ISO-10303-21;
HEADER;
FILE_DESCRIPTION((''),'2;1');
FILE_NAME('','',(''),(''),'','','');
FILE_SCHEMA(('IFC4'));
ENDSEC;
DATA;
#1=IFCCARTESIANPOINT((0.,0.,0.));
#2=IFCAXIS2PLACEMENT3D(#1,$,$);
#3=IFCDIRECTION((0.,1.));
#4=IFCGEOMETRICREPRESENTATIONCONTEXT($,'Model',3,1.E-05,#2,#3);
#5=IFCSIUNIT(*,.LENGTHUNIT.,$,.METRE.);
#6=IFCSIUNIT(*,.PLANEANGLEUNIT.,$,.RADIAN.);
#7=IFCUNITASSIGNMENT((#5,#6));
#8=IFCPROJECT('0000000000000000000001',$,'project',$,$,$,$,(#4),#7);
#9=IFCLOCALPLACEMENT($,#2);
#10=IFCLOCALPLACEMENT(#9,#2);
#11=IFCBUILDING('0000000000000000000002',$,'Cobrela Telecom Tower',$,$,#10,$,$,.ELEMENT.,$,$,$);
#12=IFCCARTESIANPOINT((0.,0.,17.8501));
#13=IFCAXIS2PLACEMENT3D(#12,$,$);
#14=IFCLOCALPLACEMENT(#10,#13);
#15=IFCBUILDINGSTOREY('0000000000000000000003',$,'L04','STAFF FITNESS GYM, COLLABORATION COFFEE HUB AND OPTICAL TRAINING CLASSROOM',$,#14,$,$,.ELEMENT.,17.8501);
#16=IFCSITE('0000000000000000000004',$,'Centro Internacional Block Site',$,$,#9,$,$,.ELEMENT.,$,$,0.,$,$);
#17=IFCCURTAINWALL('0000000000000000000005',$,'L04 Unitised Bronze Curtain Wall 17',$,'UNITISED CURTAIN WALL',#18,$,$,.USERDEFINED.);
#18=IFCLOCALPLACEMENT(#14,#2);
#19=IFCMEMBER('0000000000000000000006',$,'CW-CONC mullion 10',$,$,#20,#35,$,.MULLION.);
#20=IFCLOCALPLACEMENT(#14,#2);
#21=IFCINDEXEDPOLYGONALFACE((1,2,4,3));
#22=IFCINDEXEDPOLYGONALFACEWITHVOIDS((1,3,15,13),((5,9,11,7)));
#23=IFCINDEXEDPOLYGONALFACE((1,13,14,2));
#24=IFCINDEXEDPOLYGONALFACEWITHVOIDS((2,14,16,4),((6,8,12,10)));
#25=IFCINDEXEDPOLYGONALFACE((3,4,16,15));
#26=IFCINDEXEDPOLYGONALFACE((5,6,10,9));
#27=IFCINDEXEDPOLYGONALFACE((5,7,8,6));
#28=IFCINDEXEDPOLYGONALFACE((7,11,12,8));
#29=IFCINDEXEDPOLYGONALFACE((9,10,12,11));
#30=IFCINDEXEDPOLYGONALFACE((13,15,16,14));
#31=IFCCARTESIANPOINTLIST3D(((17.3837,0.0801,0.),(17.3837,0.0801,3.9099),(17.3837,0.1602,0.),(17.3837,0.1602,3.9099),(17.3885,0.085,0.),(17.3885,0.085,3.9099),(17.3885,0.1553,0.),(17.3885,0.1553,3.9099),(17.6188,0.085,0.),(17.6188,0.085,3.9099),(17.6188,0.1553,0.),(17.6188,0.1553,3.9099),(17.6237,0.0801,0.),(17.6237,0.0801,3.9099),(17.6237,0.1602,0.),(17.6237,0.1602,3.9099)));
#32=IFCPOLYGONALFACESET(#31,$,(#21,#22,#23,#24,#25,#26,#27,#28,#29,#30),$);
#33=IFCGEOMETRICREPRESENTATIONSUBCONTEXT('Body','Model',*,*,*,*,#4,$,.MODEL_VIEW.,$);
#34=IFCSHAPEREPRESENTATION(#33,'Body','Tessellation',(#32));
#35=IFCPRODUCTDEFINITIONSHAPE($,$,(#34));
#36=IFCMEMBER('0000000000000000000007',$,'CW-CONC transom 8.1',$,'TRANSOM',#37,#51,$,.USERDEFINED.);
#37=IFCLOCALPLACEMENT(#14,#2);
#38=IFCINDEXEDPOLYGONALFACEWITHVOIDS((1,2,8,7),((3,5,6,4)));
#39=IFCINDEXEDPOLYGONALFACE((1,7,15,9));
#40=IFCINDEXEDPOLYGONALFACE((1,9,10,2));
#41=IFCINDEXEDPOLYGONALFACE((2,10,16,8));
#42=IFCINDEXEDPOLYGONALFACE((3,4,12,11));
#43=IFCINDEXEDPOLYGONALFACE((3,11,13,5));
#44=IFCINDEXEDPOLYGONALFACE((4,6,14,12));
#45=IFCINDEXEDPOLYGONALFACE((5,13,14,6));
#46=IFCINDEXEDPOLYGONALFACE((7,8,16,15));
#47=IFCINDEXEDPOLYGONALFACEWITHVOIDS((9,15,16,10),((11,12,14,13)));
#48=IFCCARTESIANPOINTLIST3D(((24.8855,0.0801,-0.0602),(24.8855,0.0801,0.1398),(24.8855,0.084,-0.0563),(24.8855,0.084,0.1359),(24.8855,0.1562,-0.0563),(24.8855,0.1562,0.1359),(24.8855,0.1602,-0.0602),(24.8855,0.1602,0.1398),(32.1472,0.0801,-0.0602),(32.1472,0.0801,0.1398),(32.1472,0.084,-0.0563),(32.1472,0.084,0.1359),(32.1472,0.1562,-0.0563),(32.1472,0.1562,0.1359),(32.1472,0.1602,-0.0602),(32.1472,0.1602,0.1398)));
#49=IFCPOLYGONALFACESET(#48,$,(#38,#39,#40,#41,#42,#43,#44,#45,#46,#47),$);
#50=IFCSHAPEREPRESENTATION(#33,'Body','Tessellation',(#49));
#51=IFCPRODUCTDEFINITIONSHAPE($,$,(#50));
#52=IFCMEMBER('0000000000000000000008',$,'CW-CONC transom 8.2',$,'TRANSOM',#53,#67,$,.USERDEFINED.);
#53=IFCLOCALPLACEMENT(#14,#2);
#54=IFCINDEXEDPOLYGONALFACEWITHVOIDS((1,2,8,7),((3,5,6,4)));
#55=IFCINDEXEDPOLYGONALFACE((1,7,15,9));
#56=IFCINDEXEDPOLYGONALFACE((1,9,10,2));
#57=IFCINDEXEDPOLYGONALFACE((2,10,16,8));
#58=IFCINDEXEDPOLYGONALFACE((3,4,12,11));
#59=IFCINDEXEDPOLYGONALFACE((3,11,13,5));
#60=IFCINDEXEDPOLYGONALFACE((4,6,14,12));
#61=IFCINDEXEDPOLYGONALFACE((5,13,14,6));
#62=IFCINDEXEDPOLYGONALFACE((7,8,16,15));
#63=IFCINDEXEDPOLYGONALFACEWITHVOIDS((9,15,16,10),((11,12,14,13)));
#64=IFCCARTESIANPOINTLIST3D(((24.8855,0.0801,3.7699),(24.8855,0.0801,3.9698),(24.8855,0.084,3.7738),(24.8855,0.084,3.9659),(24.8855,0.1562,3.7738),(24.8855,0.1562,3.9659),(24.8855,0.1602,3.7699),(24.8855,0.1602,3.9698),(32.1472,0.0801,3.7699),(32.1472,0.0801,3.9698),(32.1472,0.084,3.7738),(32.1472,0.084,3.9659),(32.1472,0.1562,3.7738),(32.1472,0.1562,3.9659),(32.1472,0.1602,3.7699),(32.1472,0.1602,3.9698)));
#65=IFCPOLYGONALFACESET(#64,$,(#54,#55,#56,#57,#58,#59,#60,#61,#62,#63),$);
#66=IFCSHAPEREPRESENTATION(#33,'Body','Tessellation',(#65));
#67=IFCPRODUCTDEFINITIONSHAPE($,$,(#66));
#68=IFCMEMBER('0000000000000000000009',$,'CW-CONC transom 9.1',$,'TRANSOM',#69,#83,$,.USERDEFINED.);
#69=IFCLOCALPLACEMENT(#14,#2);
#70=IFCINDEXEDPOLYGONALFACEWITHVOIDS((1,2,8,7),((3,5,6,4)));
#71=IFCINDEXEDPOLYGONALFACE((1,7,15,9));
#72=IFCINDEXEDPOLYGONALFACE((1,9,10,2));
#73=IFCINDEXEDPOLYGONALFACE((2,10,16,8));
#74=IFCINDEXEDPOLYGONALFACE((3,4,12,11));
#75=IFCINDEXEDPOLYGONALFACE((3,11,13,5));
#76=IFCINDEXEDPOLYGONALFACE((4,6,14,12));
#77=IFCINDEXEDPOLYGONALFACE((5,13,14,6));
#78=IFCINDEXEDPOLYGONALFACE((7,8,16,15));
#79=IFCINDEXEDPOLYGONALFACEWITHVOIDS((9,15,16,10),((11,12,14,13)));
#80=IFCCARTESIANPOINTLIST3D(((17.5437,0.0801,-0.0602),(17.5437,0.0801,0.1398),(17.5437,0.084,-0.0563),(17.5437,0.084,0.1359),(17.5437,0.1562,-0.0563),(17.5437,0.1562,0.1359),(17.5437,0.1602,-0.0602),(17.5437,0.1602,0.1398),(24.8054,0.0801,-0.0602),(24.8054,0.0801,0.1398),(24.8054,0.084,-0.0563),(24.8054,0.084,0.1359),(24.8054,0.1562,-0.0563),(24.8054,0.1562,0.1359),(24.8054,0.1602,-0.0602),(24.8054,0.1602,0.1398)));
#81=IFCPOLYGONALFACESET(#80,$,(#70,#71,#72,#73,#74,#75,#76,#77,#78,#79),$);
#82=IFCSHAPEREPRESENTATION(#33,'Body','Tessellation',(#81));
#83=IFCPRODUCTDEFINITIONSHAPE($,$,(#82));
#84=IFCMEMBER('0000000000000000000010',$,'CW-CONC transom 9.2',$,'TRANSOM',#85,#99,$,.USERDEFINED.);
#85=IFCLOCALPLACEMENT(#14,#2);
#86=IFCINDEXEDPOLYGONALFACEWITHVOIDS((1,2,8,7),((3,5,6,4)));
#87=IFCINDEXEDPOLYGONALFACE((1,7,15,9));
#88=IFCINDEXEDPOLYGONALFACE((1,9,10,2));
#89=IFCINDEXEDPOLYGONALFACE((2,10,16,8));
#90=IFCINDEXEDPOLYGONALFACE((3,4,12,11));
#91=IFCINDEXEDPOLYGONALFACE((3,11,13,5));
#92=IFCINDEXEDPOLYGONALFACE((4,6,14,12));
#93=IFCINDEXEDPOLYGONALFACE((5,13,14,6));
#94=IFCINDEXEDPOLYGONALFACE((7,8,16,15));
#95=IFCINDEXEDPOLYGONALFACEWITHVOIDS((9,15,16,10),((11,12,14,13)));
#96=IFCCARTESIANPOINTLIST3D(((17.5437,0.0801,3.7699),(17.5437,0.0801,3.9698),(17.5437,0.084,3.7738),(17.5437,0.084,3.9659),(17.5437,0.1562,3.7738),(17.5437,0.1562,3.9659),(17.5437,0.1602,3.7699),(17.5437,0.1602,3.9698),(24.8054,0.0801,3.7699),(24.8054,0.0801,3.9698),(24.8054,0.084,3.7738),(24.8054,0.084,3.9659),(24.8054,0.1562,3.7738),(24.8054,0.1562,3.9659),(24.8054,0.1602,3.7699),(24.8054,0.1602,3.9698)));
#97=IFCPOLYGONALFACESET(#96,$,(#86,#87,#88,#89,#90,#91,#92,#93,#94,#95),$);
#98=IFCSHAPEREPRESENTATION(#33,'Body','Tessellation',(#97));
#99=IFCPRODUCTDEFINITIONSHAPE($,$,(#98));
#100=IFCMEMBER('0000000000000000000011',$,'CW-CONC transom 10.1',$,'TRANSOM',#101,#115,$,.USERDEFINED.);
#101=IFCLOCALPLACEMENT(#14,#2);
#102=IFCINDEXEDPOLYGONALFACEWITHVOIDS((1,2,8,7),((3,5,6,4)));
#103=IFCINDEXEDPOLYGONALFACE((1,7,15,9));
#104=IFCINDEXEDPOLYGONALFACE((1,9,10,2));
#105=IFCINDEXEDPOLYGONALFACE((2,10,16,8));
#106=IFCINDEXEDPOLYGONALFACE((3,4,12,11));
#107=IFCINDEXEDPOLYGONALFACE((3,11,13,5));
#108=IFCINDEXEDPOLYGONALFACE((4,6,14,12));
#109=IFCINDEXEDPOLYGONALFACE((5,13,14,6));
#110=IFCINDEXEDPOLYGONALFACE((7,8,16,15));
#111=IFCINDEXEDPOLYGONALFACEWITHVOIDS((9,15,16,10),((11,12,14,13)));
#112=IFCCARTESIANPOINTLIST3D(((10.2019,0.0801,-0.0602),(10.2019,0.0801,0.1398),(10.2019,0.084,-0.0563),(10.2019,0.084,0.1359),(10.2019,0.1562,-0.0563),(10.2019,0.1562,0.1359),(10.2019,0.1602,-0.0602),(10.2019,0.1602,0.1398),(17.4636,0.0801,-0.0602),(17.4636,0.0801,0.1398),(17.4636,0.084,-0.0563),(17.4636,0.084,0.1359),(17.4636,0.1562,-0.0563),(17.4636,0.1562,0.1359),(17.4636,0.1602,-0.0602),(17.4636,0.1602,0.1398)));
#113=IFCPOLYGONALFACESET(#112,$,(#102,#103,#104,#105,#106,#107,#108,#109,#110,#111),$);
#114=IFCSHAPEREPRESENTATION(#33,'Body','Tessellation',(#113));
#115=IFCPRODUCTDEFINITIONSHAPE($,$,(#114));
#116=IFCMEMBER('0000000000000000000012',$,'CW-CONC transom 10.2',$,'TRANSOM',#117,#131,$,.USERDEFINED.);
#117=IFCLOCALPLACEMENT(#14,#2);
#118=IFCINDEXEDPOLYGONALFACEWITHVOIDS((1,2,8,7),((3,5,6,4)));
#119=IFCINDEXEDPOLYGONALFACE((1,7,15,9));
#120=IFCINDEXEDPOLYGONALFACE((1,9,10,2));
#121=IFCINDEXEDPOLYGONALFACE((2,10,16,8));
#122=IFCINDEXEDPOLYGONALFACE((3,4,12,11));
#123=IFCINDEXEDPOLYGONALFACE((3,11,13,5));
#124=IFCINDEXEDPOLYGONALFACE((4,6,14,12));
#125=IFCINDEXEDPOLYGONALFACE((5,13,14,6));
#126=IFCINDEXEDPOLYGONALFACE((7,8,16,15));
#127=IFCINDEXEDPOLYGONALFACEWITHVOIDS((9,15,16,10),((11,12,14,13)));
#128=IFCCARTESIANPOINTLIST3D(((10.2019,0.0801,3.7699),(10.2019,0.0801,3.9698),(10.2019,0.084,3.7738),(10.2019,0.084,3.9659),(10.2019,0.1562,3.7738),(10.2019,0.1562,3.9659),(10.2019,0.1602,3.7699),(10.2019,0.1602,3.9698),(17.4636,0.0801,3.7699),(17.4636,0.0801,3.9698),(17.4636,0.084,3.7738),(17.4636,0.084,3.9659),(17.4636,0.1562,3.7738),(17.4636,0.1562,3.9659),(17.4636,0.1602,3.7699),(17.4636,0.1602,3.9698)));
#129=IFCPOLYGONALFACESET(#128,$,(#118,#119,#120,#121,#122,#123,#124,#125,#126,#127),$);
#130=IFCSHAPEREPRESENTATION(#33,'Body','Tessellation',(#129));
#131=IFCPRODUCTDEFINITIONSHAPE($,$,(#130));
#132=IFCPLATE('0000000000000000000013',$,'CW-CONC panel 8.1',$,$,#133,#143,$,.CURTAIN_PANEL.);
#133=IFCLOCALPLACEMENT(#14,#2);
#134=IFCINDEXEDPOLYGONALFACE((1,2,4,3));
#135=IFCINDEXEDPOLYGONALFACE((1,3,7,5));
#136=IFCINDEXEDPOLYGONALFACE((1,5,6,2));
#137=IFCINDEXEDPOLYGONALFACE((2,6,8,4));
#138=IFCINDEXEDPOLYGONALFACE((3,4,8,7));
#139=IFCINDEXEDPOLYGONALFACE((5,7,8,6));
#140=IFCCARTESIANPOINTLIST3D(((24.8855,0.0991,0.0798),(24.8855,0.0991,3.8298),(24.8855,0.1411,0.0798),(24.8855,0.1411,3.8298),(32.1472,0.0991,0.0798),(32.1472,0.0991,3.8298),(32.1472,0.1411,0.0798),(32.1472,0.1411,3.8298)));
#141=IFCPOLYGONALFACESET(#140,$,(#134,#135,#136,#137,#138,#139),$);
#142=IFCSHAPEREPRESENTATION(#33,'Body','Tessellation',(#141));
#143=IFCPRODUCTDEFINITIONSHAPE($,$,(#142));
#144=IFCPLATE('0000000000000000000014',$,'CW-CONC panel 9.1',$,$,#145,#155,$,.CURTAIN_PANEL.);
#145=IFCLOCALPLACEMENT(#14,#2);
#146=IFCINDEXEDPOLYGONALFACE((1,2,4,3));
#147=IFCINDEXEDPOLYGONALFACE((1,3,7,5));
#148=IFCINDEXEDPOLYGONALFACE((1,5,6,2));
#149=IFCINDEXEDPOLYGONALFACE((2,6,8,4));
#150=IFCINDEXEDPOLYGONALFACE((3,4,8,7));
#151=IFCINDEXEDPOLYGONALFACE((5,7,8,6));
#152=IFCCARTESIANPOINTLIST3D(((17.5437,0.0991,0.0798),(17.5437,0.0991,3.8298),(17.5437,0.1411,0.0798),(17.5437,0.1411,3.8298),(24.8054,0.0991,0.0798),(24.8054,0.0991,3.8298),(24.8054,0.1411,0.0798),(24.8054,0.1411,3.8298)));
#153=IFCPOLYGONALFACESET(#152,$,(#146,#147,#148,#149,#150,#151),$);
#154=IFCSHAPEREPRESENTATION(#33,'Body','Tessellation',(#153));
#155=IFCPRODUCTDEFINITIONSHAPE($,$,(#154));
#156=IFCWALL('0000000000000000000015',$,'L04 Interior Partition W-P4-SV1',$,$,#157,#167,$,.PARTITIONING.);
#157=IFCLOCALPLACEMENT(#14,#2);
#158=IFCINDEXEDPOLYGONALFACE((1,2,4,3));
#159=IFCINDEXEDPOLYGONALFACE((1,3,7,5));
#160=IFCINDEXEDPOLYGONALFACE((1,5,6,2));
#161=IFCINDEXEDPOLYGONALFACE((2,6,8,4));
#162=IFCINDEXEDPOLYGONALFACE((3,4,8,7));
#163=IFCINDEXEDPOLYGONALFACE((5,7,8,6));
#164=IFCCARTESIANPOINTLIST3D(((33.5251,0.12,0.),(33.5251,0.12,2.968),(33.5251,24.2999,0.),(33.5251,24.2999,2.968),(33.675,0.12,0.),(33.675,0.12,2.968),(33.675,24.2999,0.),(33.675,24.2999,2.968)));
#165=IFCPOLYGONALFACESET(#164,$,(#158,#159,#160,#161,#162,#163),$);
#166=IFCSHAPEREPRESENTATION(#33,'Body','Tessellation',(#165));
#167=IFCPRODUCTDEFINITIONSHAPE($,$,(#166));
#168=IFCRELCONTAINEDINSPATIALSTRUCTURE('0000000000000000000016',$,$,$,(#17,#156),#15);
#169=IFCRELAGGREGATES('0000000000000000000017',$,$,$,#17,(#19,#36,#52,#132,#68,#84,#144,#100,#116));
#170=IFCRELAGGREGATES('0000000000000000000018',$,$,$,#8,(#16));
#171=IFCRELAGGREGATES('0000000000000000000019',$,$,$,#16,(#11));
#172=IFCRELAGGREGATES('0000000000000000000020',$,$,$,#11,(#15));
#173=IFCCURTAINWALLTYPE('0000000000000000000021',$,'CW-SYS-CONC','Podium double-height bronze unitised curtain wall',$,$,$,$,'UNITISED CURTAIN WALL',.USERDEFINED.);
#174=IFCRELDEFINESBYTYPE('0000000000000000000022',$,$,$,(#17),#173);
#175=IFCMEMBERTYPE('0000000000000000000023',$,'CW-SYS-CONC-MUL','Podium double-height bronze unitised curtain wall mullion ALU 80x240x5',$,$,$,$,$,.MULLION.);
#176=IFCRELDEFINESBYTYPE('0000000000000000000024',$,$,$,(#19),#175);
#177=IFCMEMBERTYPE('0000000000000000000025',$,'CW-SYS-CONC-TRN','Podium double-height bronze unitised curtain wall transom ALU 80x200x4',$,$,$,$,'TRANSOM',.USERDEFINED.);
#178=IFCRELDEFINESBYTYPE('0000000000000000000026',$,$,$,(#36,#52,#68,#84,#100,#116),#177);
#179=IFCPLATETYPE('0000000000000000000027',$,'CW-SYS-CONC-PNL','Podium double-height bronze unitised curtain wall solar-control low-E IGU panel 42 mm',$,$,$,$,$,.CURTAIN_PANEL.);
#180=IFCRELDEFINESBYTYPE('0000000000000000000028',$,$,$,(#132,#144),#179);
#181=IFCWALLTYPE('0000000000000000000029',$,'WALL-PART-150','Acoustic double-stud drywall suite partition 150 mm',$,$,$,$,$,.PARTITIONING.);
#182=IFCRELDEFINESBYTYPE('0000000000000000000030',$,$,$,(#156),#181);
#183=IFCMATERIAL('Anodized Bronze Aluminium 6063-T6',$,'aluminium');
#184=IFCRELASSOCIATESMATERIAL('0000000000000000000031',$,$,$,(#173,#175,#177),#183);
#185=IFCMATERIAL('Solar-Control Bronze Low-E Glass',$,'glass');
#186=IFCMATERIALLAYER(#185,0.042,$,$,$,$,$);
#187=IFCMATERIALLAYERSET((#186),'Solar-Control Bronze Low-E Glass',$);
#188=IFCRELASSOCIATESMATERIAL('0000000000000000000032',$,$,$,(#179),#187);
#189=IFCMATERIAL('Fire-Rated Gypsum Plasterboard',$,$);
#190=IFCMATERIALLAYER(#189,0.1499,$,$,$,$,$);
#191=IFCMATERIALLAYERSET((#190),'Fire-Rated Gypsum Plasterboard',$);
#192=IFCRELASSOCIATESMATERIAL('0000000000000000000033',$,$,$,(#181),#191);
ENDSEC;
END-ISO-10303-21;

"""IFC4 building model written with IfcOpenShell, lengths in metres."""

from ifc_helpers import new_model, si_unit, direction, frame, frame_2d, origin, origin_2d, place, context, subcontext, project, spatial, rectangle, hollow_rectangle, extrude, material, layer, layer_set, material_profile, profile_set, type_object, element, aggregate, save


model = new_model("IFC4")

# Units and contexts
model_context = context("Model", 3, precision=1e-05, world=origin(), true_north=direction((0.0, 1.0)))
body_context = subcontext(model_context, "Body", "Model", "MODEL_VIEW")
ifc_project = project(units=[si_unit("LENGTHUNIT", "METRE"), si_unit("PLANEANGLEUNIT", "RADIAN")], contexts=[model_context])

# Site, building, storey
site_placement = place(None, origin())
site = spatial("IfcSite", under=ifc_project, at=site_placement, Name="Centro Internacional Block Site", CompositionType="ELEMENT", RefElevation=0.0)
building_placement = place(site_placement, origin())
building = spatial("IfcBuilding", under=site, at=building_placement, Name="Cobrela Telecom Tower", CompositionType="ELEMENT")
storey_placement = place(building_placement, frame((0.0, 0.0, 17.8501)))
storey = spatial("IfcBuildingStorey", under=building, at=storey_placement, Name="L04", Description="STAFF FITNESS GYM, COLLABORATION COFFEE HUB AND OPTICAL TRAINING CLASSROOM", CompositionType="ELEMENT", Elevation=17.8501)

# Curtain wall, members, plates
ifc_material_1 = material(Name="Anodized Bronze Aluminium 6063-T6", Category="aluminium")
curtain_wall_type = type_object("IfcCurtainWallType", Name="CW-SYS-CONC", Description="Podium double-height bronze unitised curtain wall", ElementType="UNITISED CURTAIN WALL", PredefinedType="USERDEFINED", material=ifc_material_1)
curtain_wall_placement = place(storey_placement, origin())
curtain_wall = element("IfcCurtainWall", 1, at=curtain_wall_placement, inside=storey, type_object=curtain_wall_type, Name="L04 Unitised Bronze Curtain Wall 17", ObjectType="UNITISED CURTAIN WALL", PredefinedType="USERDEFINED")
ifc_material_profile_1 = material_profile(ifc_material_1, hollow_rectangle(XDim=0.0801, YDim=0.24, WallThickness=0.0049, at=origin_2d()), Name="ALU 80x240x5")
ifc_profile_set_1 = profile_set([ifc_material_profile_1], Name="Anodized Bronze Aluminium 6063-T6")
member_type_1 = type_object("IfcMemberType", Name="CW-SYS-CONC-MUL", Description="Podium double-height bronze unitised curtain wall mullion ALU 80x240x5", PredefinedType="MULLION", material=ifc_profile_set_1)
member_1_placement = place(storey_placement, frame((17.5037, 0.1201, 0.0), z_axis=(0.0, 0.0, 1.0), x_axis=(0.0, -1.0, 0.0)))
member_1 = element("IfcMember", 2, at=member_1_placement, type_object=member_type_1, Name="CW-CONC mullion 10", PredefinedType="MULLION", context=body_context, shape_type="SweptSolid", body=[
    extrude(hollow_rectangle(XDim=0.0801, YDim=0.24, WallThickness=0.0049, at=origin_2d()), origin(), (0.0, 0.0, 1.0), 3.9099),
])
ifc_material_profile_2 = material_profile(ifc_material_1, hollow_rectangle(XDim=0.0801, YDim=0.2, WallThickness=0.0039, at=origin_2d()), Name="ALU 80x200x4")
ifc_profile_set_2 = profile_set([ifc_material_profile_2], Name="Anodized Bronze Aluminium 6063-T6")
member_type_2 = type_object("IfcMemberType", Name="CW-SYS-CONC-TRN", Description="Podium double-height bronze unitised curtain wall transom ALU 80x200x4", ElementType="TRANSOM", PredefinedType="USERDEFINED", material=ifc_profile_set_2)
member_2_placement = place(storey_placement, frame((32.1472, 0.1201, 0.0398), z_axis=(-1.0, 0.0, 0.0), x_axis=(0.0, -1.0, 0.0)))
member_2 = element("IfcMember", 3, at=member_2_placement, type_object=member_type_2, Name="CW-CONC transom 8.1", ObjectType="TRANSOM", PredefinedType="USERDEFINED", context=body_context, shape_type="SweptSolid", body=[
    extrude(hollow_rectangle(XDim=0.0801, YDim=0.2, WallThickness=0.0039, at=origin_2d()), origin(), (0.0, 0.0, 1.0), 7.2617),
])
member_3_placement = place(storey_placement, frame((32.1472, 0.1201, 3.8699), z_axis=(-1.0, 0.0, 0.0), x_axis=(0.0, -1.0, 0.0)))
member_3 = element("IfcMember", 4, at=member_3_placement, type_object=member_type_2, Name="CW-CONC transom 8.2", ObjectType="TRANSOM", PredefinedType="USERDEFINED", context=body_context, shape_type="SweptSolid", body=[
    extrude(hollow_rectangle(XDim=0.0801, YDim=0.2, WallThickness=0.0039, at=origin_2d()), origin(), (0.0, 0.0, 1.0), 7.2617),
])
member_4_placement = place(storey_placement, frame((24.8054, 0.1201, 0.0398), z_axis=(-1.0, 0.0, 0.0), x_axis=(0.0, -1.0, 0.0)))
member_4 = element("IfcMember", 5, at=member_4_placement, type_object=member_type_2, Name="CW-CONC transom 9.1", ObjectType="TRANSOM", PredefinedType="USERDEFINED", context=body_context, shape_type="SweptSolid", body=[
    extrude(hollow_rectangle(XDim=0.0801, YDim=0.2, WallThickness=0.0039, at=origin_2d()), origin(), (0.0, 0.0, 1.0), 7.2617),
])
member_5_placement = place(storey_placement, frame((24.8054, 0.1201, 3.8699), z_axis=(-1.0, 0.0, 0.0), x_axis=(0.0, -1.0, 0.0)))
member_5 = element("IfcMember", 6, at=member_5_placement, type_object=member_type_2, Name="CW-CONC transom 9.2", ObjectType="TRANSOM", PredefinedType="USERDEFINED", context=body_context, shape_type="SweptSolid", body=[
    extrude(hollow_rectangle(XDim=0.0801, YDim=0.2, WallThickness=0.0039, at=origin_2d()), origin(), (0.0, 0.0, 1.0), 7.2617),
])
member_6_placement = place(storey_placement, frame((17.4636, 0.1201, 0.0398), z_axis=(-1.0, 0.0, 0.0), x_axis=(0.0, -1.0, 0.0)))
member_6 = element("IfcMember", 7, at=member_6_placement, type_object=member_type_2, Name="CW-CONC transom 10.1", ObjectType="TRANSOM", PredefinedType="USERDEFINED", context=body_context, shape_type="SweptSolid", body=[
    extrude(hollow_rectangle(XDim=0.0801, YDim=0.2, WallThickness=0.0039, at=origin_2d()), origin(), (0.0, 0.0, 1.0), 7.2617),
])
member_7_placement = place(storey_placement, frame((17.4636, 0.1201, 3.8699), z_axis=(-1.0, 0.0, 0.0), x_axis=(0.0, -1.0, 0.0)))
member_7 = element("IfcMember", 8, at=member_7_placement, type_object=member_type_2, Name="CW-CONC transom 10.2", ObjectType="TRANSOM", PredefinedType="USERDEFINED", context=body_context, shape_type="SweptSolid", body=[
    extrude(hollow_rectangle(XDim=0.0801, YDim=0.2, WallThickness=0.0039, at=origin_2d()), origin(), (0.0, 0.0, 1.0), 7.2617),
])
ifc_material_2 = material(Name="Solar-Control Bronze Low-E Glass", Category="glass")
ifc_layer_1 = layer(ifc_material_2, 0.042)
ifc_layer_set_1 = layer_set([ifc_layer_1], Name="Solar-Control Bronze Low-E Glass")
plate_type = type_object("IfcPlateType", Name="CW-SYS-CONC-PNL", Description="Podium double-height bronze unitised curtain wall solar-control low-E IGU panel 42 mm", PredefinedType="CURTAIN_PANEL", material=ifc_layer_set_1)
plate_1_placement = place(storey_placement, frame((28.5164, 0.1201, 0.0798), z_axis=(0.0, 0.0, 1.0), x_axis=(-1.0, 0.0, 0.0)))
plate_1 = element("IfcPlate", 9, at=plate_1_placement, type_object=plate_type, Name="CW-CONC panel 8.1", PredefinedType="CURTAIN_PANEL", context=body_context, shape_type="SweptSolid", body=[
    extrude(rectangle(XDim=7.2617, YDim=0.042, at=origin_2d()), origin(), (0.0, 0.0, 1.0), 3.75),
])
plate_2_placement = place(storey_placement, frame((21.1746, 0.1201, 0.0798), z_axis=(0.0, 0.0, 1.0), x_axis=(-1.0, 0.0, 0.0)))
plate_2 = element("IfcPlate", 10, at=plate_2_placement, type_object=plate_type, Name="CW-CONC panel 9.1", PredefinedType="CURTAIN_PANEL", context=body_context, shape_type="SweptSolid", body=[
    extrude(rectangle(XDim=7.2617, YDim=0.042, at=origin_2d()), origin(), (0.0, 0.0, 1.0), 3.75),
])
aggregate(curtain_wall, [member_1, member_2, member_3, plate_1, member_4, member_5, plate_2, member_6, member_7])

# Wall
ifc_material_3 = material(Name="Fire-Rated Gypsum Plasterboard")
ifc_layer_2 = layer(ifc_material_3, 0.1499)
ifc_layer_set_2 = layer_set([ifc_layer_2], Name="Fire-Rated Gypsum Plasterboard")
wall_type = type_object("IfcWallType", Name="WALL-PART-150", Description="Acoustic double-stud drywall suite partition 150 mm", PredefinedType="PARTITIONING", material=ifc_layer_set_2)
wall_placement = place(storey_placement, frame((33.6001, 0.1201, 0.0), z_axis=(0.0, 0.0, 1.0), x_axis=(0.0, 1.0, 0.0)))
element("IfcWall", 11, at=wall_placement, inside=storey, type_object=wall_type, Name="L04 Interior Partition W-P4-SV1", PredefinedType="PARTITIONING", context=body_context, shape_type="SweptSolid", body=[
    extrude(rectangle(XDim=24.1799, YDim=0.1499, at=frame_2d((12.0898, 0.0))), origin(), (0.0, 0.0, 1.0), 2.968),
])

save(model, "model.ifc")
